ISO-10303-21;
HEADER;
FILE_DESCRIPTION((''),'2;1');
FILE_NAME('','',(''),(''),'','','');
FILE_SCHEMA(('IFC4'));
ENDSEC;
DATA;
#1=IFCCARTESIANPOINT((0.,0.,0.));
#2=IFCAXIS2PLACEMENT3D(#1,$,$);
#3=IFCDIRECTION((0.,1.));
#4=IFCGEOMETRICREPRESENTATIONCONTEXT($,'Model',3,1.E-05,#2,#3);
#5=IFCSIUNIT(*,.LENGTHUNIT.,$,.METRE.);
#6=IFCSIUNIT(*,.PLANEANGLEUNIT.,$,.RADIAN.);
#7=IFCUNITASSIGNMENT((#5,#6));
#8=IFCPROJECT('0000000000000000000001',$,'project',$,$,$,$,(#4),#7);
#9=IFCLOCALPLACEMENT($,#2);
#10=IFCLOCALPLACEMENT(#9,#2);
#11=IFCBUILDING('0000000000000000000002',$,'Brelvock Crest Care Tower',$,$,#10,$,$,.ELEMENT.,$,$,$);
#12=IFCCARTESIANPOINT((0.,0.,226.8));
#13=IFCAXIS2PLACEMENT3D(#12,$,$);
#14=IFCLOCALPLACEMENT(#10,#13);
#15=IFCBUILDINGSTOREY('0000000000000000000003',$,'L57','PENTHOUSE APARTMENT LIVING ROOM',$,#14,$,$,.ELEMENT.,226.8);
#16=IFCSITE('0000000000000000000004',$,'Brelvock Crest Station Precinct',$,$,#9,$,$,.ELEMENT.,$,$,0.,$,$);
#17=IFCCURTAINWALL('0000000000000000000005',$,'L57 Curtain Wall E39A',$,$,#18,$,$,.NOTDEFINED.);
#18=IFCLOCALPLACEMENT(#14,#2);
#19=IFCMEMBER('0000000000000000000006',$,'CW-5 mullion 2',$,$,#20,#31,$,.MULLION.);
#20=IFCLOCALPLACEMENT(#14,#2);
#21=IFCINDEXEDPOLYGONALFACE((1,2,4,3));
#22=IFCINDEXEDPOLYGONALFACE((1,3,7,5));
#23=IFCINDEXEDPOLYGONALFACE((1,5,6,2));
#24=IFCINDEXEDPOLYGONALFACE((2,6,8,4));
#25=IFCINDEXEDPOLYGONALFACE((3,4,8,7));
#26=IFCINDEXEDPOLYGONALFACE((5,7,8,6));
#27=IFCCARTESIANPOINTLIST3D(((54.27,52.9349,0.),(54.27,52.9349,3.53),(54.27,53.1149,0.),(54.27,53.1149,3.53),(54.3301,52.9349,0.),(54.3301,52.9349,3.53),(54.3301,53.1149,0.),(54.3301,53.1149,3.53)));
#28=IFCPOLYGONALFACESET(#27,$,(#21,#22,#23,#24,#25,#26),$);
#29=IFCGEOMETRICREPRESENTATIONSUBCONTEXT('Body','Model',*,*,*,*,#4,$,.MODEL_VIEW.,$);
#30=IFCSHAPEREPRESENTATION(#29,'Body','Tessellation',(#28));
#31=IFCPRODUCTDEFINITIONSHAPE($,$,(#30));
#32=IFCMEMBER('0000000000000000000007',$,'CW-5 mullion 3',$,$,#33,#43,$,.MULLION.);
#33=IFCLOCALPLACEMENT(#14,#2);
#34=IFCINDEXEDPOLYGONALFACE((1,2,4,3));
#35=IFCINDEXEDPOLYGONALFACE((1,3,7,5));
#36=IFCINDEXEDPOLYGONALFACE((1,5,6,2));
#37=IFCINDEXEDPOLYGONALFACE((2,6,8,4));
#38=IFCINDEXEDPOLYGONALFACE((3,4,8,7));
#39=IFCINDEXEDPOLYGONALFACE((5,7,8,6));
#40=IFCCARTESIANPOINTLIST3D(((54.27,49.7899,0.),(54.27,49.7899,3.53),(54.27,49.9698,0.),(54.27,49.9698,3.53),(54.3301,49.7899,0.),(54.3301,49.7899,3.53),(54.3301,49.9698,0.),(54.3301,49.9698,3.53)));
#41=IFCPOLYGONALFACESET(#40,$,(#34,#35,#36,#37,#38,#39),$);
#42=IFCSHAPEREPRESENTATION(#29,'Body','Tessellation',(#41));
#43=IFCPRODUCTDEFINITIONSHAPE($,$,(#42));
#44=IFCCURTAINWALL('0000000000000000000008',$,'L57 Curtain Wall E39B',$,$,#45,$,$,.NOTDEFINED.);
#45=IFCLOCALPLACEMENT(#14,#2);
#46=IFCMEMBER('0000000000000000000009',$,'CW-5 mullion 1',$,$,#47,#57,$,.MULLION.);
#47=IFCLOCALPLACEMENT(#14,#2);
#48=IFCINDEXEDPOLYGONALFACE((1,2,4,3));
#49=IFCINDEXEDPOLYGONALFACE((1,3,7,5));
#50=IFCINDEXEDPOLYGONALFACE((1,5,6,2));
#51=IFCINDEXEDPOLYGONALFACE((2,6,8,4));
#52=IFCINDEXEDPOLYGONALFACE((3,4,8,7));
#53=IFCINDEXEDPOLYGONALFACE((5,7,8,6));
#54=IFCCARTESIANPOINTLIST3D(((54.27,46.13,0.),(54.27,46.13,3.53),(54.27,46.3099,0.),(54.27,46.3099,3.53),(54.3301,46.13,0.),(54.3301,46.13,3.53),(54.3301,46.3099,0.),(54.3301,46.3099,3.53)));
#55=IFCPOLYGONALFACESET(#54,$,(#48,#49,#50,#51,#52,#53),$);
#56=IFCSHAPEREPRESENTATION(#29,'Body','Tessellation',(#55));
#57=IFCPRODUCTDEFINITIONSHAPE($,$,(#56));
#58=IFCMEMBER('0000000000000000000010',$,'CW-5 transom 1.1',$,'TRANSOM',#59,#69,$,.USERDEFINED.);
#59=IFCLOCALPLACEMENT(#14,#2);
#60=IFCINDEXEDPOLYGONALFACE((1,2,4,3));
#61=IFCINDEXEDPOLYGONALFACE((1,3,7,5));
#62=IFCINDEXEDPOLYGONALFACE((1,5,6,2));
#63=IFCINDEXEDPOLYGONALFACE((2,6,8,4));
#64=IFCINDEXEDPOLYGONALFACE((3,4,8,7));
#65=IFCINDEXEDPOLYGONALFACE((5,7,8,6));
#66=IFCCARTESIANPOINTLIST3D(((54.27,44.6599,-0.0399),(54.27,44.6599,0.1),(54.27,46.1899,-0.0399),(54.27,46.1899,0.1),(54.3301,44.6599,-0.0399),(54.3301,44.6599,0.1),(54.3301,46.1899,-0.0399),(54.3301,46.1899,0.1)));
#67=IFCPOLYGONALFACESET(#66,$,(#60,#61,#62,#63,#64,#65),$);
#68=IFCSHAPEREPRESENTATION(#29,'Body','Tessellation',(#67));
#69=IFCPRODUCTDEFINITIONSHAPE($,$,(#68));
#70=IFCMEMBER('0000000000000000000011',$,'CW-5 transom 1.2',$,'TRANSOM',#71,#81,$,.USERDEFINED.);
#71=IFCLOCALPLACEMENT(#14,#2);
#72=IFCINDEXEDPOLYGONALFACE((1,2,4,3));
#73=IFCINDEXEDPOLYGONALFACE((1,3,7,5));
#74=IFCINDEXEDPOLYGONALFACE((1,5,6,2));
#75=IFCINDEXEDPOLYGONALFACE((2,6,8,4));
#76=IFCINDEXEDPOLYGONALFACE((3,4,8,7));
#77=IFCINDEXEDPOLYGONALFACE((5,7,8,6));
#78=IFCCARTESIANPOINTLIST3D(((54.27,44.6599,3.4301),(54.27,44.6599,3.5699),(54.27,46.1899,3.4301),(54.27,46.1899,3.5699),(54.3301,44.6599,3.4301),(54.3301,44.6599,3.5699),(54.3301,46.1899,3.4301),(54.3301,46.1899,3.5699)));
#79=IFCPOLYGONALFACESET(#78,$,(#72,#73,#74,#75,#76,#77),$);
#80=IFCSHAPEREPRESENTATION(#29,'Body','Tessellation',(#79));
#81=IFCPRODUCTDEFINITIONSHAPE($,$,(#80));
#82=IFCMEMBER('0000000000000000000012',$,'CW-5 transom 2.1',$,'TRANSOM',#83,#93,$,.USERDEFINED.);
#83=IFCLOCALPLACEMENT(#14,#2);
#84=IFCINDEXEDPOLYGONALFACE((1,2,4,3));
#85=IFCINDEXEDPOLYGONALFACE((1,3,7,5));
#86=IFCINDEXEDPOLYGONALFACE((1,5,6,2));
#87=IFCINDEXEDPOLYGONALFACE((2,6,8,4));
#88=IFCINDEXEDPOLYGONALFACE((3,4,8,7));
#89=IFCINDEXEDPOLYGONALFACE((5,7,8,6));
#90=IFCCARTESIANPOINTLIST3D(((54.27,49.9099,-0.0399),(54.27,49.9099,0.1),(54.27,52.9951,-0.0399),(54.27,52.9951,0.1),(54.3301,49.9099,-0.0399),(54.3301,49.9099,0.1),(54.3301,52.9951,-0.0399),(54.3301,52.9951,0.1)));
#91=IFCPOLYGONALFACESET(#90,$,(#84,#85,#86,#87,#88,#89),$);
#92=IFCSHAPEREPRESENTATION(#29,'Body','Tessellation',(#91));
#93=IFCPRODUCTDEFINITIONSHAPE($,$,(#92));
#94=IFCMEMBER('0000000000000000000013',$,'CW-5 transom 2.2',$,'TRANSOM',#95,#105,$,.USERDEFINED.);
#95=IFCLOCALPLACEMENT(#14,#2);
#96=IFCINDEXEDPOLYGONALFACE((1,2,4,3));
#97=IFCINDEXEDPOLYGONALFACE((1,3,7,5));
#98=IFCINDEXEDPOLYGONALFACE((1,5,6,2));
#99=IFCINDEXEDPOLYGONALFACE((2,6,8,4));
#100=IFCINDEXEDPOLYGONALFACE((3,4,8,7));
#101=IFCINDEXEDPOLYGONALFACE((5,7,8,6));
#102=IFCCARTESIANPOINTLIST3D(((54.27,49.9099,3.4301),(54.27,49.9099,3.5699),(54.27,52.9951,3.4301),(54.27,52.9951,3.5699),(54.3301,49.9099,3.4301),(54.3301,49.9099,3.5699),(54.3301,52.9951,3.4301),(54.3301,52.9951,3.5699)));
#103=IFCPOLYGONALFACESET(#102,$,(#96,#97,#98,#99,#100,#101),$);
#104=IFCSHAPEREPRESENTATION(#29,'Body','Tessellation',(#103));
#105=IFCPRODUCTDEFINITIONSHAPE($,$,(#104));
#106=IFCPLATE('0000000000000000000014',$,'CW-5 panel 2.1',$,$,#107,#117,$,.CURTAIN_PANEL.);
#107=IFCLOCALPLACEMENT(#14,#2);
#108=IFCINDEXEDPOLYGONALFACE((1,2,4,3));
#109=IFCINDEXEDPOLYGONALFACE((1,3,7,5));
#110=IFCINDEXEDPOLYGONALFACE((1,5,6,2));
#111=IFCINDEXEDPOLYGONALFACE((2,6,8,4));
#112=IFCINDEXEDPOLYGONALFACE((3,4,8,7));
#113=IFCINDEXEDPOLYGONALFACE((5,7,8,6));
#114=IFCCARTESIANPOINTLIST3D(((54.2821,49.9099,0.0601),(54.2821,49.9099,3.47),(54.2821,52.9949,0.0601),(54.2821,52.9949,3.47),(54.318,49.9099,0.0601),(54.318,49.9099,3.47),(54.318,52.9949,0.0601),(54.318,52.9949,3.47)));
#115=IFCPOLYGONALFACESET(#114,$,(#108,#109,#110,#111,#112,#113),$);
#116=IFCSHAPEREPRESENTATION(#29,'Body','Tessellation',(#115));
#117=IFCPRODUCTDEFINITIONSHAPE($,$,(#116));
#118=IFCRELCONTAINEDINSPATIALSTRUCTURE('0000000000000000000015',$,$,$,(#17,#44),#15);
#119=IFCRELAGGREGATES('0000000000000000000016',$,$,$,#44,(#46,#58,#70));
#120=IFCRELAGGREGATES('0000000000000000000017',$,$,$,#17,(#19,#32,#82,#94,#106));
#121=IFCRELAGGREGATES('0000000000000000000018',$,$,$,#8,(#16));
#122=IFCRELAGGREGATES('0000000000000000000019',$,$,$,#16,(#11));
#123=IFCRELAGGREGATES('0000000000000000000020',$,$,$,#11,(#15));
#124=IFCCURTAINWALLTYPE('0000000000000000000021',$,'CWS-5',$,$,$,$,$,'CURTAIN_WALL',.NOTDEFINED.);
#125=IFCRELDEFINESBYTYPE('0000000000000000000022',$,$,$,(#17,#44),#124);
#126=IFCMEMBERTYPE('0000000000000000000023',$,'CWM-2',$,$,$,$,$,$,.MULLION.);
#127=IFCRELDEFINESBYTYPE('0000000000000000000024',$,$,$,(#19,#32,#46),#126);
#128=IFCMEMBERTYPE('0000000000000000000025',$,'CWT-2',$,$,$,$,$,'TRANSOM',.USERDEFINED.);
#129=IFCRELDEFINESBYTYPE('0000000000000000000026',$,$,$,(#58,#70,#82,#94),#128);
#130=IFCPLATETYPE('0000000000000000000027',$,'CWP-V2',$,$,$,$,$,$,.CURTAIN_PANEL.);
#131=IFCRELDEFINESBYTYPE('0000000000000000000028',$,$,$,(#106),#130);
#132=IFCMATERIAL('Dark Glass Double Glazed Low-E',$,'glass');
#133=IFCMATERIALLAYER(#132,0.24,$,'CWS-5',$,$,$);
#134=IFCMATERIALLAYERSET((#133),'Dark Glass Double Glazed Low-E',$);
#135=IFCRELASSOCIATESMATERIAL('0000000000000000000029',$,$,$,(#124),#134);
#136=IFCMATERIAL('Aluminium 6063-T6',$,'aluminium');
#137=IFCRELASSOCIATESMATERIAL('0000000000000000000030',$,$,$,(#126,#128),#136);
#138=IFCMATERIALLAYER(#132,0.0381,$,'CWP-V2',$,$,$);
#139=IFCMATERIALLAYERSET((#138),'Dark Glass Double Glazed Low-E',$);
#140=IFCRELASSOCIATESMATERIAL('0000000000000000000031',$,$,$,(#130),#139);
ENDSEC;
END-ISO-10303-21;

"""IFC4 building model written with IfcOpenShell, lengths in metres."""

from ifc_helpers import new_model, si_unit, direction, frame, origin, origin_2d, place, context, subcontext, project, spatial, rectangle, extrude, source, transform, mapped, material, layer, layer_set, material_profile, profile_set, type_object, element, aggregate, save


model = new_model("IFC4")

# Units and contexts
model_context = context("Model", 3, precision=1e-05, world=origin(), true_north=direction((0.0, 1.0)))
body_context = subcontext(model_context, "Body", "Model", "MODEL_VIEW")
ifc_project = project(units=[si_unit("LENGTHUNIT", "METRE"), si_unit("PLANEANGLEUNIT", "RADIAN")], contexts=[model_context])

# Site, building, storey
site_placement = place(None, origin())
site = spatial("IfcSite", under=ifc_project, at=site_placement, Name="Brelvock Crest Station Precinct", CompositionType="ELEMENT", RefElevation=0.0)
building_placement = place(site_placement, origin())
building = spatial("IfcBuilding", under=site, at=building_placement, Name="Brelvock Crest Care Tower", CompositionType="ELEMENT")
storey_placement = place(building_placement, frame((0.0, 0.0, 226.8)))
storey = spatial("IfcBuildingStorey", under=building, at=storey_placement, Name="L57", Description="PENTHOUSE APARTMENT LIVING ROOM", CompositionType="ELEMENT", Elevation=226.8)

# Curtain walls, members
ifc_material_1 = material(Name="Dark Glass Double Glazed Low-E", Category="glass")
ifc_layer_1 = layer(ifc_material_1, 0.24, Name="CWS-5")
ifc_layer_set_1 = layer_set([ifc_layer_1], Name="Dark Glass Double Glazed Low-E")
curtain_wall_type = type_object("IfcCurtainWallType", Name="CWS-5", ElementType="CURTAIN_WALL", PredefinedType="NOTDEFINED", material=ifc_layer_set_1)
curtain_wall_1_placement = place(storey_placement, origin())
curtain_wall_1 = element("IfcCurtainWall", 1, at=curtain_wall_1_placement, inside=storey, type_object=curtain_wall_type, Name="L57 Curtain Wall E39A", PredefinedType="NOTDEFINED")
ifc_material_2 = material(Name="Aluminium 6063-T6", Category="aluminium")
ifc_material_profile_1 = material_profile(ifc_material_2, rectangle(XDim=0.0601, YDim=0.1799, at=origin_2d()), Name="ALU60x180")
ifc_profile_set_1 = profile_set([ifc_material_profile_1], Name="Aluminium 6063-T6")
member_type_1 = type_object("IfcMemberType", Name="CWM-2", PredefinedType="MULLION", material=ifc_profile_set_1)
shared_shape_1 = source(origin(), body_context, "Body", "SweptSolid", [
    extrude(rectangle(XDim=0.0601, YDim=0.1799, at=origin_2d()), origin(), (0.0, 0.0, 1.0), 3.53),
])
member_1_placement = place(storey_placement, frame((54.3, 53.0249, 0.0), z_axis=(0.0, 0.0, 1.0), x_axis=(1.0, 0.0, 0.0)))
member_1 = element("IfcMember", 2, at=member_1_placement, type_object=member_type_1, Name="CW-5 mullion 2", PredefinedType="MULLION", context=body_context, shape_type="MappedRepresentation", body=[
    mapped(shared_shape_1, transform((0.0, 0.0, 0.0), x_axis=(1.0, 0.0, 0.0), y_axis=(0.0, 1.0, 0.0), z_axis=(0.0, 0.0, 1.0), scale=1.0)),
])
member_2_placement = place(storey_placement, frame((54.3, 49.8799, 0.0), z_axis=(0.0, 0.0, 1.0), x_axis=(1.0, 0.0, 0.0)))
member_2 = element("IfcMember", 3, at=member_2_placement, type_object=member_type_1, Name="CW-5 mullion 3", PredefinedType="MULLION", context=body_context, shape_type="MappedRepresentation", body=[
    mapped(shared_shape_1, transform((0.0, 0.0, 0.0), x_axis=(1.0, 0.0, 0.0), y_axis=(0.0, 1.0, 0.0), z_axis=(0.0, 0.0, 1.0), scale=1.0)),
])
curtain_wall_2_placement = place(storey_placement, origin())
curtain_wall_2 = element("IfcCurtainWall", 4, at=curtain_wall_2_placement, inside=storey, type_object=curtain_wall_type, Name="L57 Curtain Wall E39B", PredefinedType="NOTDEFINED")
member_3_placement = place(storey_placement, frame((54.3, 46.22, 0.0), z_axis=(0.0, 0.0, 1.0), x_axis=(1.0, 0.0, 0.0)))
member_3 = element("IfcMember", 5, at=member_3_placement, type_object=member_type_1, Name="CW-5 mullion 1", PredefinedType="MULLION", context=body_context, shape_type="MappedRepresentation", body=[
    mapped(shared_shape_1, transform((0.0, 0.0, 0.0), x_axis=(1.0, 0.0, 0.0), y_axis=(0.0, 1.0, 0.0), z_axis=(0.0, 0.0, 1.0), scale=1.0)),
])
ifc_material_profile_2 = material_profile(ifc_material_2, rectangle(XDim=0.0601, YDim=0.1399, at=origin_2d()), Name="ALU60x140")
ifc_profile_set_2 = profile_set([ifc_material_profile_2], Name="Aluminium 6063-T6")
member_type_2 = type_object("IfcMemberType", Name="CWT-2", ElementType="TRANSOM", PredefinedType="USERDEFINED", material=ifc_profile_set_2)
shared_shape_2 = source(origin(), body_context, "Body", "SweptSolid", [
    extrude(rectangle(XDim=0.0601, YDim=0.1399, at=origin_2d()), origin(), (0.0, 0.0, 1.0), 1.53),
])
member_4_placement = place(storey_placement, frame((54.3, 46.1899, 0.03), z_axis=(0.0, -1.0, 0.0), x_axis=(1.0, 0.0, 0.0)))
member_4 = element("IfcMember", 6, at=member_4_placement, type_object=member_type_2, Name="CW-5 transom 1.1", ObjectType="TRANSOM", PredefinedType="USERDEFINED", context=body_context, shape_type="MappedRepresentation", body=[
    mapped(shared_shape_2, transform((0.0, 0.0, 0.0), x_axis=(1.0, 0.0, 0.0), y_axis=(0.0, 1.0, 0.0), z_axis=(0.0, 0.0, 1.0), scale=1.0)),
])
member_5_placement = place(storey_placement, frame((54.3, 46.1899, 3.5), z_axis=(0.0, -1.0, 0.0), x_axis=(1.0, 0.0, 0.0)))
member_5 = element("IfcMember", 7, at=member_5_placement, type_object=member_type_2, Name="CW-5 transom 1.2", ObjectType="TRANSOM", PredefinedType="USERDEFINED", context=body_context, shape_type="MappedRepresentation", body=[
    mapped(shared_shape_2, transform((0.0, 0.0, 0.0), x_axis=(1.0, 0.0, 0.0), y_axis=(0.0, 1.0, 0.0), z_axis=(0.0, 0.0, 1.0), scale=1.0)),
])
aggregate(curtain_wall_2, [member_3, member_4, member_5])

# Members
shared_shape_3 = source(origin(), body_context, "Body", "SweptSolid", [
    extrude(rectangle(XDim=0.0601, YDim=0.1399, at=origin_2d()), origin(), (0.0, 0.0, 1.0), 3.0852),
])
member_6_placement = place(storey_placement, frame((54.3, 52.9951, 0.03), z_axis=(0.0, -1.0, 0.0), x_axis=(1.0, 0.0, 0.0)))
member_6 = element("IfcMember", 8, at=member_6_placement, type_object=member_type_2, Name="CW-5 transom 2.1", ObjectType="TRANSOM", PredefinedType="USERDEFINED", context=body_context, shape_type="MappedRepresentation", body=[
    mapped(shared_shape_3, transform((0.0, 0.0, 0.0), x_axis=(1.0, 0.0, 0.0), y_axis=(0.0, 1.0, 0.0), z_axis=(0.0, 0.0, 1.0), scale=1.0)),
])
member_7_placement = place(storey_placement, frame((54.3, 52.9951, 3.5), z_axis=(0.0, -1.0, 0.0), x_axis=(1.0, 0.0, 0.0)))
member_7 = element("IfcMember", 9, at=member_7_placement, type_object=member_type_2, Name="CW-5 transom 2.2", ObjectType="TRANSOM", PredefinedType="USERDEFINED", context=body_context, shape_type="MappedRepresentation", body=[
    mapped(shared_shape_3, transform((0.0, 0.0, 0.0), x_axis=(1.0, 0.0, 0.0), y_axis=(0.0, 1.0, 0.0), z_axis=(0.0, 0.0, 1.0), scale=1.0)),
])

# Plate
ifc_layer_2 = layer(ifc_material_1, 0.0381, Name="CWP-V2")
ifc_layer_set_2 = layer_set([ifc_layer_2], Name="Dark Glass Double Glazed Low-E")
plate_type = type_object("IfcPlateType", Name="CWP-V2", PredefinedType="CURTAIN_PANEL", material=ifc_layer_set_2)
shared_shape_4 = source(origin(), body_context, "Body", "SweptSolid", [
    extrude(rectangle(XDim=3.085, YDim=0.0359, at=origin_2d()), origin(), (0.0, 0.0, 1.0), 3.4099),
])
plate_placement = place(storey_placement, frame((54.3, 51.4524, 0.0601), z_axis=(0.0, 0.0, 1.0), x_axis=(0.0, -1.0, 0.0)))
plate = element("IfcPlate", 10, at=plate_placement, type_object=plate_type, Name="CW-5 panel 2.1", PredefinedType="CURTAIN_PANEL", context=body_context, shape_type="MappedRepresentation", body=[
    mapped(shared_shape_4, transform((0.0, 0.0, 0.0), x_axis=(1.0, 0.0, 0.0), y_axis=(0.0, 1.0, 0.0), z_axis=(0.0, 0.0, 1.0), scale=1.0)),
])
aggregate(curtain_wall_1, [member_1, member_2, member_6, member_7, plate])

save(model, "model.ifc")
